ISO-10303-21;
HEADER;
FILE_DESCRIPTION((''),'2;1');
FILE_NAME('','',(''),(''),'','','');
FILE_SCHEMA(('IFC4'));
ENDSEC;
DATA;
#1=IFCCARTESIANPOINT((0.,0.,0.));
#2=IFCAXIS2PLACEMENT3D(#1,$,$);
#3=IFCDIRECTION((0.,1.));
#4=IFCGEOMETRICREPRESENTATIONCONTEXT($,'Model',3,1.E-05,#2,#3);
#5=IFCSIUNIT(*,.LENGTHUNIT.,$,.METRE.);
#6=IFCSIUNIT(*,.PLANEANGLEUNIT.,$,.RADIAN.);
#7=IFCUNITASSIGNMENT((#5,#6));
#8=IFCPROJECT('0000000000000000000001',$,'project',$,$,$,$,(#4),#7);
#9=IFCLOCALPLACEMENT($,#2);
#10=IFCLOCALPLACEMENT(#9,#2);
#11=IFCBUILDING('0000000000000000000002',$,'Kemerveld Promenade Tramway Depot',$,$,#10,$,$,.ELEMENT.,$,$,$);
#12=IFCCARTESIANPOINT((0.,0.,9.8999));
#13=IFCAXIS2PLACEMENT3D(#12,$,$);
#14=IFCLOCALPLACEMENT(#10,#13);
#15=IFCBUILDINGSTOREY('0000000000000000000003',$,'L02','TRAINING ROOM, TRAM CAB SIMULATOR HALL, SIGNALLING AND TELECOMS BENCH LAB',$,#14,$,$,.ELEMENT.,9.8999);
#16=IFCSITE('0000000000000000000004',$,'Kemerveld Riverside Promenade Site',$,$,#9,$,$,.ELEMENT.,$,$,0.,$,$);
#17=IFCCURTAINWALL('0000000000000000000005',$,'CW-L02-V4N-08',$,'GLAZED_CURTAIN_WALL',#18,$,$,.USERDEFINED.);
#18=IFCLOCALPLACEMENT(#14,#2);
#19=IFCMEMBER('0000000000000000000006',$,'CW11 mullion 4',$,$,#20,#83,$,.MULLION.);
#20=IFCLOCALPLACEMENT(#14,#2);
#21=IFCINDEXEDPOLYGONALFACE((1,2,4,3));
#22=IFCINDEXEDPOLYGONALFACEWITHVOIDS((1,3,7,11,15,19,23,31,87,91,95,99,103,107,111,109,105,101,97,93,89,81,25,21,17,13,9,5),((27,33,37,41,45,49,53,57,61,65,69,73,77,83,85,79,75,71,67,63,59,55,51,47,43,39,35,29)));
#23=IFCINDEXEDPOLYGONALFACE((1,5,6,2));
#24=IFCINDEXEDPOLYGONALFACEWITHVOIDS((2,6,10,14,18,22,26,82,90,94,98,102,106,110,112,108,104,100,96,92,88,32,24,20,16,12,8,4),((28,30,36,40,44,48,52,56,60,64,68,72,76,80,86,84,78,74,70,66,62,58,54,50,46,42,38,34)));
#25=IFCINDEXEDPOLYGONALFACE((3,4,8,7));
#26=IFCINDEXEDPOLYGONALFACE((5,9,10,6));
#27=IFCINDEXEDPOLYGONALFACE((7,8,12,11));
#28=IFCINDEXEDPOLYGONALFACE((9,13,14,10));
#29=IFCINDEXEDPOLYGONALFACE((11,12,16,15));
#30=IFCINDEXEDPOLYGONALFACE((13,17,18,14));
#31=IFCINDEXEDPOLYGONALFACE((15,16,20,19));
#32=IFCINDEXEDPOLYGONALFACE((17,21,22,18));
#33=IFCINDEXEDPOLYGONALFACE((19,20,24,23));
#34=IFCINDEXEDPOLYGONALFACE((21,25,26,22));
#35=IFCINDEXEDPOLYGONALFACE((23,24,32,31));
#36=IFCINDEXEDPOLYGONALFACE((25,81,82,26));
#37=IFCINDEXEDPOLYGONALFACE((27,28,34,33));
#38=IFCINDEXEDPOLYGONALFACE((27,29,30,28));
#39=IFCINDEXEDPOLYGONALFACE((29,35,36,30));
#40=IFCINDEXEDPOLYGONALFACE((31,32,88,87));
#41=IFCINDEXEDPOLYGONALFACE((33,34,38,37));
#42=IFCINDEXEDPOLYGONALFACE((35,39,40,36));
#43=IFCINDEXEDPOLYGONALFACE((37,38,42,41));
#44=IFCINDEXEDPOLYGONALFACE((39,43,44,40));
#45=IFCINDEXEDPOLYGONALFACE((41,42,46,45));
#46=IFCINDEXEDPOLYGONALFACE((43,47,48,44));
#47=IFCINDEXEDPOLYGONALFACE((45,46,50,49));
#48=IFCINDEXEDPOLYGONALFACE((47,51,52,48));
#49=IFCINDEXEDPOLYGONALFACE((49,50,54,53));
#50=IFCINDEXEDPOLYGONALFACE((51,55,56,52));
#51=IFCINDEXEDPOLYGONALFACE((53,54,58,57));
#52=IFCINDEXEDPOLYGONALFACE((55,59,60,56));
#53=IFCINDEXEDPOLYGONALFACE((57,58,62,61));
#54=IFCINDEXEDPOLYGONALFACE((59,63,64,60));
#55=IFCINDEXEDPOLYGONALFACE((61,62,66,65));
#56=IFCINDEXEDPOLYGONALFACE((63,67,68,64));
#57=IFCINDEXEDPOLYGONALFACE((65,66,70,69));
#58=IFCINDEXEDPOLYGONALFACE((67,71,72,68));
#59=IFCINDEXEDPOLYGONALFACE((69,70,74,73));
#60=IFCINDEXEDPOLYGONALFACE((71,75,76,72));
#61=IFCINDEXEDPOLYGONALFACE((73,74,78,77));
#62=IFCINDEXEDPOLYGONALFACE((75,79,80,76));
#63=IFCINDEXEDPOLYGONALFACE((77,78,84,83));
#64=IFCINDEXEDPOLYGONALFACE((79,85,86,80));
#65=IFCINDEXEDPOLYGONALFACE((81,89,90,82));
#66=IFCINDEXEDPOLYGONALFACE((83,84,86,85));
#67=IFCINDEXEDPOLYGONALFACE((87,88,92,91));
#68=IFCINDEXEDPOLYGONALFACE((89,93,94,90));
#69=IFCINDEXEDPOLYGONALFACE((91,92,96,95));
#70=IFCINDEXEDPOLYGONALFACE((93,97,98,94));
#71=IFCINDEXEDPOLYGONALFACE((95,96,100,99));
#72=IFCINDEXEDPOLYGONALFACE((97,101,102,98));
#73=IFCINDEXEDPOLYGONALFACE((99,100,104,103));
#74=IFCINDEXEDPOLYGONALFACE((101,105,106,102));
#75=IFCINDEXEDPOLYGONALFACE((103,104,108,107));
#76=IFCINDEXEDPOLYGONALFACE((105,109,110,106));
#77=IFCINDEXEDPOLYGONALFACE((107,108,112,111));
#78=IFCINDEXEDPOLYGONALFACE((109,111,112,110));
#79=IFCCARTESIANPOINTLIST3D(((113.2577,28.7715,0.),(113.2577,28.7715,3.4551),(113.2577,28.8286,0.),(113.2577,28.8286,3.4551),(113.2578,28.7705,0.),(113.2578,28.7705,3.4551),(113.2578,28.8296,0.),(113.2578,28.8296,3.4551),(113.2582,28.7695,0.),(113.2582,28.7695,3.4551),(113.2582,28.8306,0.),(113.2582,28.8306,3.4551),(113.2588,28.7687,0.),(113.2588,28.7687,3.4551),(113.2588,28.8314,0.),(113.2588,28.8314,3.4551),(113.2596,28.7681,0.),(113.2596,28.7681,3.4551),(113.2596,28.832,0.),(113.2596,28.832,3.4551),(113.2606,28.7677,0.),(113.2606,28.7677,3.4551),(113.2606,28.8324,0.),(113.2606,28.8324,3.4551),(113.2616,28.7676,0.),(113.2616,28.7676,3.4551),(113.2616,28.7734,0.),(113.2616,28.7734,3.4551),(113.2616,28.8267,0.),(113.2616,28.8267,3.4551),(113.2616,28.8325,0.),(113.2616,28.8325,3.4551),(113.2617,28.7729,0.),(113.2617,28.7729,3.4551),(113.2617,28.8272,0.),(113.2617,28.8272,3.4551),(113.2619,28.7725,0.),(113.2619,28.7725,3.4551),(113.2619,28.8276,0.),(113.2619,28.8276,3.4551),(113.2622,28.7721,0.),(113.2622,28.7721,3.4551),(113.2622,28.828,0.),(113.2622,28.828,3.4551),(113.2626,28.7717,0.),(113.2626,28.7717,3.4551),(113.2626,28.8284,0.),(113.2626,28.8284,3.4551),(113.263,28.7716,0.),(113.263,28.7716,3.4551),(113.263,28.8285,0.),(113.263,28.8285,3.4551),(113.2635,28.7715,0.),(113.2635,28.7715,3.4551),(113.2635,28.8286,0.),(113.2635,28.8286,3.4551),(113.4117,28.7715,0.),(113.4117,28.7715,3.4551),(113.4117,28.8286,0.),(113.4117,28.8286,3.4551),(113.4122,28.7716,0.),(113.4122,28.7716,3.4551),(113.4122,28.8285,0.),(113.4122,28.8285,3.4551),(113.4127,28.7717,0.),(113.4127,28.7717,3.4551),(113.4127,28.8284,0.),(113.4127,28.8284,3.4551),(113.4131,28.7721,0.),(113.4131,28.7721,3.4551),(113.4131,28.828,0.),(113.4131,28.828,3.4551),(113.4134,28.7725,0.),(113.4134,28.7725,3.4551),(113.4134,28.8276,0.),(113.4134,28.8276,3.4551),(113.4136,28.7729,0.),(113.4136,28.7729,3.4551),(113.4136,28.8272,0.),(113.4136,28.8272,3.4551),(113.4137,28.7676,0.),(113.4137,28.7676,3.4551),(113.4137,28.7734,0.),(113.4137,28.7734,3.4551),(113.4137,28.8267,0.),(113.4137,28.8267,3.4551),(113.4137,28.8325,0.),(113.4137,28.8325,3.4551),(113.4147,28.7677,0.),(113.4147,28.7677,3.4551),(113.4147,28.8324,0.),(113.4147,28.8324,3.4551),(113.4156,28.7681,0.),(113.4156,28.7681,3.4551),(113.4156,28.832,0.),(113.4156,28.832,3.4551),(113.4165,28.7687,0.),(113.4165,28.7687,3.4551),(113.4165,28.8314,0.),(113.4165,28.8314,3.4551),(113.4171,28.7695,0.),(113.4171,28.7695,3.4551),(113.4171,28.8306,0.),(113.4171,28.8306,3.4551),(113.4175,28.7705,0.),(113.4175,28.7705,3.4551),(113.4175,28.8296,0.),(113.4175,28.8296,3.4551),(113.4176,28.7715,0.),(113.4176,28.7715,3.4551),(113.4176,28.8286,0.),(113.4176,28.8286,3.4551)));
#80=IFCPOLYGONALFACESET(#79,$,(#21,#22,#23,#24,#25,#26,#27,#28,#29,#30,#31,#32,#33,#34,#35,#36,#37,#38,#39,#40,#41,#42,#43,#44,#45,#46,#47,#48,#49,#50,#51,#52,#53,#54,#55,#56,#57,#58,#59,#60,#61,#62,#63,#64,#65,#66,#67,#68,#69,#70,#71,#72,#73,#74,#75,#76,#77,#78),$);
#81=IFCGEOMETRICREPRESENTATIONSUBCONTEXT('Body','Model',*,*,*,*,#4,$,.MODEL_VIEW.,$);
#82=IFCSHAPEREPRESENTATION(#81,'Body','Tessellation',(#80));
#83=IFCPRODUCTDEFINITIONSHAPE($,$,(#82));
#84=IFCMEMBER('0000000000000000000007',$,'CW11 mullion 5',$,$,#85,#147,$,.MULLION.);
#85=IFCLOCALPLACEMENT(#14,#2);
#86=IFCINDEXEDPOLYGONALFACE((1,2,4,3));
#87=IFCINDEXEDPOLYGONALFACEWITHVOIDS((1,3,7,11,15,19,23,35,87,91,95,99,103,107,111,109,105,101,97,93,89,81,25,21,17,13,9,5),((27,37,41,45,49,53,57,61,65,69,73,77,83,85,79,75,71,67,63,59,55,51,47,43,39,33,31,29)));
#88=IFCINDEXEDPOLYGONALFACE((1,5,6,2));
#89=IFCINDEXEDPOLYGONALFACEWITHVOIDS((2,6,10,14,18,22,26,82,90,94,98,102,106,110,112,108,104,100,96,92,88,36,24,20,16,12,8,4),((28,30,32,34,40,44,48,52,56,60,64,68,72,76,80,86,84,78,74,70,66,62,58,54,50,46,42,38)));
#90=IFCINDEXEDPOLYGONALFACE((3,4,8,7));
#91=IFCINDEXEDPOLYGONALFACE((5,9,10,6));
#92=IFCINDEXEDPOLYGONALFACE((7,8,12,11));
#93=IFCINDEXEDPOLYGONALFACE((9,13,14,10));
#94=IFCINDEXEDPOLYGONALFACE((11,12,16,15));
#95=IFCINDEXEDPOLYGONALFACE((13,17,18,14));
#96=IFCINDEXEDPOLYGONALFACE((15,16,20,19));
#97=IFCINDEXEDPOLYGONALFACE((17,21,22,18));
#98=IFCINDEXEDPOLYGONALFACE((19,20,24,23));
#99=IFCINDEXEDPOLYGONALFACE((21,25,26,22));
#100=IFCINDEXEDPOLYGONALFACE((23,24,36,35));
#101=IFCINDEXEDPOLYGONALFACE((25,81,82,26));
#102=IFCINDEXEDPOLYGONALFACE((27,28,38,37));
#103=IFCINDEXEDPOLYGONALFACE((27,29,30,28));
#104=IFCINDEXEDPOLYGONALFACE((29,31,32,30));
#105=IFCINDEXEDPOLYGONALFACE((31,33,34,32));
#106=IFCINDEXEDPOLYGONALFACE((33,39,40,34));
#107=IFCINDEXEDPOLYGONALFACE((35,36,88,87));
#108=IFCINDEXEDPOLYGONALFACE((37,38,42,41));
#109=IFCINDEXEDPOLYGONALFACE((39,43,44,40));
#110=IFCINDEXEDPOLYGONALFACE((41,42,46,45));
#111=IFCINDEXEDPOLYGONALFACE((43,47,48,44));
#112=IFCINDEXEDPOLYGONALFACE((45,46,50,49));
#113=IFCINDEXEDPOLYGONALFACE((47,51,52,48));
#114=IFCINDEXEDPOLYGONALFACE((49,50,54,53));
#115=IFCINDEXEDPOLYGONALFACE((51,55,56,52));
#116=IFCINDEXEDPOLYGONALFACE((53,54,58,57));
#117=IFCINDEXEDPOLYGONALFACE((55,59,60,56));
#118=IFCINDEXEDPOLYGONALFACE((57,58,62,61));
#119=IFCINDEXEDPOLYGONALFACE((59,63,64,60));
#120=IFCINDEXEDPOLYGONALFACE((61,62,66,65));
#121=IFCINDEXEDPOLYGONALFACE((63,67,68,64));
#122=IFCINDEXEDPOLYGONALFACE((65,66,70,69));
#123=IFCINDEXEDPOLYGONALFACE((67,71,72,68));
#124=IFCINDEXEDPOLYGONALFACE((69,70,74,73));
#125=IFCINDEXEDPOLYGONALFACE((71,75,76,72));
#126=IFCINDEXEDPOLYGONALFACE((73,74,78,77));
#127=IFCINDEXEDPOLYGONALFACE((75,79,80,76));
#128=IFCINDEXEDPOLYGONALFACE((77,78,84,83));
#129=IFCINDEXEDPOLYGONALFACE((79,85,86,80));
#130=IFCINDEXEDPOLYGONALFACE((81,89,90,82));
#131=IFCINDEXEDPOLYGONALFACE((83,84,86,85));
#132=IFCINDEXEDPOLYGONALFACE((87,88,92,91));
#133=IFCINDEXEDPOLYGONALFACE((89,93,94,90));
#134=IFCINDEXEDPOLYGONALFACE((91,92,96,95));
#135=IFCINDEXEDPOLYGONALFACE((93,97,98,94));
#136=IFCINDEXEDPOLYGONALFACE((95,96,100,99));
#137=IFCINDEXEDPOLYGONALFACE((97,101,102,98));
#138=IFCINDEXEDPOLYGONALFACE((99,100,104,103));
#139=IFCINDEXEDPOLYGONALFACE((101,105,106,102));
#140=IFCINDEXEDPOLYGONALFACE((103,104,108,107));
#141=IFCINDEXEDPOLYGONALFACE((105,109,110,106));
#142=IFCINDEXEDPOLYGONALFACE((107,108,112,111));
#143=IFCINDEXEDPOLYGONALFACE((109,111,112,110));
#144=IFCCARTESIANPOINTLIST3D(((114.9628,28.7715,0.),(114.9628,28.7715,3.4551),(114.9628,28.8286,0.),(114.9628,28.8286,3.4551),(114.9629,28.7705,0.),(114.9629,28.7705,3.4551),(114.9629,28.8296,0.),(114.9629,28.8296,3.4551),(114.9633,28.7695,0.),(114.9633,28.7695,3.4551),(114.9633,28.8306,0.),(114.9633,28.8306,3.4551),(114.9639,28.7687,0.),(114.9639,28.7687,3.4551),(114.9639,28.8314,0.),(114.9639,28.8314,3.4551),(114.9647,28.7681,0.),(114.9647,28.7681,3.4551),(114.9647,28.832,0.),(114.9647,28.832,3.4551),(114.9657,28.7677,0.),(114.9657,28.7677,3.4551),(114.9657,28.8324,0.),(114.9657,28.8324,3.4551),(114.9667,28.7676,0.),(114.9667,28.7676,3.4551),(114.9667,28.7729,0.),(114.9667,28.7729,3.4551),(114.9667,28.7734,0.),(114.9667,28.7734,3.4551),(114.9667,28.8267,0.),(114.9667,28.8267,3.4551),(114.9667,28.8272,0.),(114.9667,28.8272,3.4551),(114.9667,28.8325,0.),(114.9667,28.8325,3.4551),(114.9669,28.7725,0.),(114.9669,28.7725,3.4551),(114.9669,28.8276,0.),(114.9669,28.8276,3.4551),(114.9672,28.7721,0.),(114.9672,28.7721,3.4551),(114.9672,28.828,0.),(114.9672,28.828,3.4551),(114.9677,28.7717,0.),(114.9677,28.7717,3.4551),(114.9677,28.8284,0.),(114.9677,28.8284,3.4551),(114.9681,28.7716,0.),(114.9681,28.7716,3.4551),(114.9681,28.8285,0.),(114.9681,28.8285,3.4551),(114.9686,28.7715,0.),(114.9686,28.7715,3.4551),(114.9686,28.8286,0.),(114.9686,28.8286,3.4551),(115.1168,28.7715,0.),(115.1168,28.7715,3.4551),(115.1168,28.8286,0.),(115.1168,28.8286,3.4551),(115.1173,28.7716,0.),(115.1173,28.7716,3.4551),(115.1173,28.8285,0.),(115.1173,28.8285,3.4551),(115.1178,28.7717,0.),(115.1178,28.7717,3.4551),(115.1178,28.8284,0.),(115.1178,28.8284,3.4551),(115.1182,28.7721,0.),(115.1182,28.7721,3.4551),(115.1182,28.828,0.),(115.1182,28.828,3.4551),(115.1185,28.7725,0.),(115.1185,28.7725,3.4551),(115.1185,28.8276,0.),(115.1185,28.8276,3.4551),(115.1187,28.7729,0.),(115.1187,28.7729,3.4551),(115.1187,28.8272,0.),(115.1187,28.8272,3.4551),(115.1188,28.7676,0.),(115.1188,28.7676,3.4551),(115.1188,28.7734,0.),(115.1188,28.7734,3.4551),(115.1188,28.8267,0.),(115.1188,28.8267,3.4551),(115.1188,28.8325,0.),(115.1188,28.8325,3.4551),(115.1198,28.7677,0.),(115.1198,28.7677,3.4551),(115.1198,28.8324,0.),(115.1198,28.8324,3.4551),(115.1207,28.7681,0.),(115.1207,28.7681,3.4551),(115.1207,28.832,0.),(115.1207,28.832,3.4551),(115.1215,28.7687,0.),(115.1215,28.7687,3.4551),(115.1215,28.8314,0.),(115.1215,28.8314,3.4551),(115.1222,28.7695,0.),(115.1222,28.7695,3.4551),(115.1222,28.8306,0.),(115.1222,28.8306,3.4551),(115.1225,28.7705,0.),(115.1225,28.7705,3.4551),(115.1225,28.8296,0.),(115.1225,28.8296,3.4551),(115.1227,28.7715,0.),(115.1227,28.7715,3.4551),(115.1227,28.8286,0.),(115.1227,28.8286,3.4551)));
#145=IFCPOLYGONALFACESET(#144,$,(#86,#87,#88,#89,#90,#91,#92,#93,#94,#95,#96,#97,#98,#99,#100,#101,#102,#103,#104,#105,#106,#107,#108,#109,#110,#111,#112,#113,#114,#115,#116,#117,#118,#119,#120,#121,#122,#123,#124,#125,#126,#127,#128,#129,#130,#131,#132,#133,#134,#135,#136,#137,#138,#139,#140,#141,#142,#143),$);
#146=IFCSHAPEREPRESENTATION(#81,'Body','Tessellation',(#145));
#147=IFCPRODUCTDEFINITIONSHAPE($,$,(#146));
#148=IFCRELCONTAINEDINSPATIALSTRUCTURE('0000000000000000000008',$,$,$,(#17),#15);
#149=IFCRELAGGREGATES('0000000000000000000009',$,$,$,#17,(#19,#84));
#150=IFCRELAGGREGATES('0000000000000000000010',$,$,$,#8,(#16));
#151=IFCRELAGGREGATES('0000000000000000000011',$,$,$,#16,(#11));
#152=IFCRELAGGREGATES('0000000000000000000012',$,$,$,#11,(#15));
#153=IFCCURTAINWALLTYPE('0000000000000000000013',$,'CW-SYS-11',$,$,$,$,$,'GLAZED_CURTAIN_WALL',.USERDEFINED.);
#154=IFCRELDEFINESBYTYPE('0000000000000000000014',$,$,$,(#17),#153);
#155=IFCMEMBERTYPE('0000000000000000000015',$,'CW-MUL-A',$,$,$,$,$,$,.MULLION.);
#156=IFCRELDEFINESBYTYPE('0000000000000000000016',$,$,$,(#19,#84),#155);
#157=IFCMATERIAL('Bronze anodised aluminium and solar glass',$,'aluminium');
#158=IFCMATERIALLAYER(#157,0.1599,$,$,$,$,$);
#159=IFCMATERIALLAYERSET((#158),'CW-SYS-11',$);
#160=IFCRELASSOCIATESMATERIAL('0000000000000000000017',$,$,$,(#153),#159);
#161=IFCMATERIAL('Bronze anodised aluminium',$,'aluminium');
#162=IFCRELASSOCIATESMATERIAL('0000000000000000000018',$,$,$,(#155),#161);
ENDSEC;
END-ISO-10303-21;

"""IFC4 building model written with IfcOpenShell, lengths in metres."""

from ifc_helpers import new_model, si_unit, direction, frame, origin, origin_2d, place, context, subcontext, project, spatial, hollow_rectangle, extrude, material, layer, layer_set, material_profile, profile_set, type_object, element, aggregate, save


model = new_model("IFC4")

# Units and contexts
model_context = context("Model", 3, precision=1e-05, world=origin(), true_north=direction((0.0, 1.0)))
body_context = subcontext(model_context, "Body", "Model", "MODEL_VIEW")
ifc_project = project(units=[si_unit("LENGTHUNIT", "METRE"), si_unit("PLANEANGLEUNIT", "RADIAN")], contexts=[model_context])

# Site, building, storey
site_placement = place(None, origin())
site = spatial("IfcSite", under=ifc_project, at=site_placement, Name="Kemerveld Riverside Promenade Site", CompositionType="ELEMENT", RefElevation=0.0)
building_placement = place(site_placement, origin())
building = spatial("IfcBuilding", under=site, at=building_placement, Name="Kemerveld Promenade Tramway Depot", CompositionType="ELEMENT")
storey_placement = place(building_placement, frame((0.0, 0.0, 9.8999)))
storey = spatial("IfcBuildingStorey", under=building, at=storey_placement, Name="L02", Description="TRAINING ROOM, TRAM CAB SIMULATOR HALL, SIGNALLING AND TELECOMS BENCH LAB", CompositionType="ELEMENT", Elevation=9.8999)

# Curtain wall, members
ifc_material_1 = material(Name="Bronze anodised aluminium and solar glass", Category="aluminium")
ifc_layer_1 = layer(ifc_material_1, 0.1599)
ifc_layer_set_1 = layer_set([ifc_layer_1], Name="CW-SYS-11")
curtain_wall_type = type_object("IfcCurtainWallType", Name="CW-SYS-11", ElementType="GLAZED_CURTAIN_WALL", PredefinedType="USERDEFINED", material=ifc_layer_set_1)
curtain_wall_placement = place(storey_placement, origin())
curtain_wall = element("IfcCurtainWall", 1, at=curtain_wall_placement, inside=storey, type_object=curtain_wall_type, Name="CW-L02-V4N-08", ObjectType="GLAZED_CURTAIN_WALL", PredefinedType="USERDEFINED")
ifc_material_2 = material(Name="Bronze anodised aluminium", Category="aluminium")
ifc_material_profile_1 = material_profile(ifc_material_2, hollow_rectangle(XDim=0.0649, YDim=0.1599, WallThickness=0.0039, InnerFilletRadius=0.002, OuterFilletRadius=0.0039, at=origin_2d()), Name="CW-MUL-160x65")
ifc_profile_set_1 = profile_set([ifc_material_profile_1], Name="Bronze anodised aluminium")
member_type_1 = type_object("IfcMemberType", Name="CW-MUL-A", PredefinedType="MULLION", material=ifc_profile_set_1)
member_1_placement = place(storey_placement, frame((113.3376, 28.8, 0.0), z_axis=(0.0, 0.0, 1.0), x_axis=(0.0, 1.0, 0.0)))
member_1 = element("IfcMember", 2, at=member_1_placement, type_object=member_type_1, Name="CW11 mullion 4", PredefinedType="MULLION", context=body_context, shape_type="SweptSolid", body=[
    extrude(hollow_rectangle(XDim=0.0649, YDim=0.1599, WallThickness=0.0039, InnerFilletRadius=0.002, OuterFilletRadius=0.0039, at=origin_2d()), origin(), (0.0, 0.0, 1.0), 3.4551),
])
member_2_placement = place(storey_placement, frame((115.0427, 28.8, 0.0), z_axis=(0.0, 0.0, 1.0), x_axis=(0.0, 1.0, 0.0)))
member_2 = element("IfcMember", 3, at=member_2_placement, type_object=member_type_1, Name="CW11 mullion 5", PredefinedType="MULLION", context=body_context, shape_type="SweptSolid", body=[
    extrude(hollow_rectangle(XDim=0.0649, YDim=0.1599, WallThickness=0.0039, InnerFilletRadius=0.002, OuterFilletRadius=0.0039, at=origin_2d()), origin(), (0.0, 0.0, 1.0), 3.4551),
])
aggregate(curtain_wall, [member_1, member_2])

save(model, "model.ifc")
